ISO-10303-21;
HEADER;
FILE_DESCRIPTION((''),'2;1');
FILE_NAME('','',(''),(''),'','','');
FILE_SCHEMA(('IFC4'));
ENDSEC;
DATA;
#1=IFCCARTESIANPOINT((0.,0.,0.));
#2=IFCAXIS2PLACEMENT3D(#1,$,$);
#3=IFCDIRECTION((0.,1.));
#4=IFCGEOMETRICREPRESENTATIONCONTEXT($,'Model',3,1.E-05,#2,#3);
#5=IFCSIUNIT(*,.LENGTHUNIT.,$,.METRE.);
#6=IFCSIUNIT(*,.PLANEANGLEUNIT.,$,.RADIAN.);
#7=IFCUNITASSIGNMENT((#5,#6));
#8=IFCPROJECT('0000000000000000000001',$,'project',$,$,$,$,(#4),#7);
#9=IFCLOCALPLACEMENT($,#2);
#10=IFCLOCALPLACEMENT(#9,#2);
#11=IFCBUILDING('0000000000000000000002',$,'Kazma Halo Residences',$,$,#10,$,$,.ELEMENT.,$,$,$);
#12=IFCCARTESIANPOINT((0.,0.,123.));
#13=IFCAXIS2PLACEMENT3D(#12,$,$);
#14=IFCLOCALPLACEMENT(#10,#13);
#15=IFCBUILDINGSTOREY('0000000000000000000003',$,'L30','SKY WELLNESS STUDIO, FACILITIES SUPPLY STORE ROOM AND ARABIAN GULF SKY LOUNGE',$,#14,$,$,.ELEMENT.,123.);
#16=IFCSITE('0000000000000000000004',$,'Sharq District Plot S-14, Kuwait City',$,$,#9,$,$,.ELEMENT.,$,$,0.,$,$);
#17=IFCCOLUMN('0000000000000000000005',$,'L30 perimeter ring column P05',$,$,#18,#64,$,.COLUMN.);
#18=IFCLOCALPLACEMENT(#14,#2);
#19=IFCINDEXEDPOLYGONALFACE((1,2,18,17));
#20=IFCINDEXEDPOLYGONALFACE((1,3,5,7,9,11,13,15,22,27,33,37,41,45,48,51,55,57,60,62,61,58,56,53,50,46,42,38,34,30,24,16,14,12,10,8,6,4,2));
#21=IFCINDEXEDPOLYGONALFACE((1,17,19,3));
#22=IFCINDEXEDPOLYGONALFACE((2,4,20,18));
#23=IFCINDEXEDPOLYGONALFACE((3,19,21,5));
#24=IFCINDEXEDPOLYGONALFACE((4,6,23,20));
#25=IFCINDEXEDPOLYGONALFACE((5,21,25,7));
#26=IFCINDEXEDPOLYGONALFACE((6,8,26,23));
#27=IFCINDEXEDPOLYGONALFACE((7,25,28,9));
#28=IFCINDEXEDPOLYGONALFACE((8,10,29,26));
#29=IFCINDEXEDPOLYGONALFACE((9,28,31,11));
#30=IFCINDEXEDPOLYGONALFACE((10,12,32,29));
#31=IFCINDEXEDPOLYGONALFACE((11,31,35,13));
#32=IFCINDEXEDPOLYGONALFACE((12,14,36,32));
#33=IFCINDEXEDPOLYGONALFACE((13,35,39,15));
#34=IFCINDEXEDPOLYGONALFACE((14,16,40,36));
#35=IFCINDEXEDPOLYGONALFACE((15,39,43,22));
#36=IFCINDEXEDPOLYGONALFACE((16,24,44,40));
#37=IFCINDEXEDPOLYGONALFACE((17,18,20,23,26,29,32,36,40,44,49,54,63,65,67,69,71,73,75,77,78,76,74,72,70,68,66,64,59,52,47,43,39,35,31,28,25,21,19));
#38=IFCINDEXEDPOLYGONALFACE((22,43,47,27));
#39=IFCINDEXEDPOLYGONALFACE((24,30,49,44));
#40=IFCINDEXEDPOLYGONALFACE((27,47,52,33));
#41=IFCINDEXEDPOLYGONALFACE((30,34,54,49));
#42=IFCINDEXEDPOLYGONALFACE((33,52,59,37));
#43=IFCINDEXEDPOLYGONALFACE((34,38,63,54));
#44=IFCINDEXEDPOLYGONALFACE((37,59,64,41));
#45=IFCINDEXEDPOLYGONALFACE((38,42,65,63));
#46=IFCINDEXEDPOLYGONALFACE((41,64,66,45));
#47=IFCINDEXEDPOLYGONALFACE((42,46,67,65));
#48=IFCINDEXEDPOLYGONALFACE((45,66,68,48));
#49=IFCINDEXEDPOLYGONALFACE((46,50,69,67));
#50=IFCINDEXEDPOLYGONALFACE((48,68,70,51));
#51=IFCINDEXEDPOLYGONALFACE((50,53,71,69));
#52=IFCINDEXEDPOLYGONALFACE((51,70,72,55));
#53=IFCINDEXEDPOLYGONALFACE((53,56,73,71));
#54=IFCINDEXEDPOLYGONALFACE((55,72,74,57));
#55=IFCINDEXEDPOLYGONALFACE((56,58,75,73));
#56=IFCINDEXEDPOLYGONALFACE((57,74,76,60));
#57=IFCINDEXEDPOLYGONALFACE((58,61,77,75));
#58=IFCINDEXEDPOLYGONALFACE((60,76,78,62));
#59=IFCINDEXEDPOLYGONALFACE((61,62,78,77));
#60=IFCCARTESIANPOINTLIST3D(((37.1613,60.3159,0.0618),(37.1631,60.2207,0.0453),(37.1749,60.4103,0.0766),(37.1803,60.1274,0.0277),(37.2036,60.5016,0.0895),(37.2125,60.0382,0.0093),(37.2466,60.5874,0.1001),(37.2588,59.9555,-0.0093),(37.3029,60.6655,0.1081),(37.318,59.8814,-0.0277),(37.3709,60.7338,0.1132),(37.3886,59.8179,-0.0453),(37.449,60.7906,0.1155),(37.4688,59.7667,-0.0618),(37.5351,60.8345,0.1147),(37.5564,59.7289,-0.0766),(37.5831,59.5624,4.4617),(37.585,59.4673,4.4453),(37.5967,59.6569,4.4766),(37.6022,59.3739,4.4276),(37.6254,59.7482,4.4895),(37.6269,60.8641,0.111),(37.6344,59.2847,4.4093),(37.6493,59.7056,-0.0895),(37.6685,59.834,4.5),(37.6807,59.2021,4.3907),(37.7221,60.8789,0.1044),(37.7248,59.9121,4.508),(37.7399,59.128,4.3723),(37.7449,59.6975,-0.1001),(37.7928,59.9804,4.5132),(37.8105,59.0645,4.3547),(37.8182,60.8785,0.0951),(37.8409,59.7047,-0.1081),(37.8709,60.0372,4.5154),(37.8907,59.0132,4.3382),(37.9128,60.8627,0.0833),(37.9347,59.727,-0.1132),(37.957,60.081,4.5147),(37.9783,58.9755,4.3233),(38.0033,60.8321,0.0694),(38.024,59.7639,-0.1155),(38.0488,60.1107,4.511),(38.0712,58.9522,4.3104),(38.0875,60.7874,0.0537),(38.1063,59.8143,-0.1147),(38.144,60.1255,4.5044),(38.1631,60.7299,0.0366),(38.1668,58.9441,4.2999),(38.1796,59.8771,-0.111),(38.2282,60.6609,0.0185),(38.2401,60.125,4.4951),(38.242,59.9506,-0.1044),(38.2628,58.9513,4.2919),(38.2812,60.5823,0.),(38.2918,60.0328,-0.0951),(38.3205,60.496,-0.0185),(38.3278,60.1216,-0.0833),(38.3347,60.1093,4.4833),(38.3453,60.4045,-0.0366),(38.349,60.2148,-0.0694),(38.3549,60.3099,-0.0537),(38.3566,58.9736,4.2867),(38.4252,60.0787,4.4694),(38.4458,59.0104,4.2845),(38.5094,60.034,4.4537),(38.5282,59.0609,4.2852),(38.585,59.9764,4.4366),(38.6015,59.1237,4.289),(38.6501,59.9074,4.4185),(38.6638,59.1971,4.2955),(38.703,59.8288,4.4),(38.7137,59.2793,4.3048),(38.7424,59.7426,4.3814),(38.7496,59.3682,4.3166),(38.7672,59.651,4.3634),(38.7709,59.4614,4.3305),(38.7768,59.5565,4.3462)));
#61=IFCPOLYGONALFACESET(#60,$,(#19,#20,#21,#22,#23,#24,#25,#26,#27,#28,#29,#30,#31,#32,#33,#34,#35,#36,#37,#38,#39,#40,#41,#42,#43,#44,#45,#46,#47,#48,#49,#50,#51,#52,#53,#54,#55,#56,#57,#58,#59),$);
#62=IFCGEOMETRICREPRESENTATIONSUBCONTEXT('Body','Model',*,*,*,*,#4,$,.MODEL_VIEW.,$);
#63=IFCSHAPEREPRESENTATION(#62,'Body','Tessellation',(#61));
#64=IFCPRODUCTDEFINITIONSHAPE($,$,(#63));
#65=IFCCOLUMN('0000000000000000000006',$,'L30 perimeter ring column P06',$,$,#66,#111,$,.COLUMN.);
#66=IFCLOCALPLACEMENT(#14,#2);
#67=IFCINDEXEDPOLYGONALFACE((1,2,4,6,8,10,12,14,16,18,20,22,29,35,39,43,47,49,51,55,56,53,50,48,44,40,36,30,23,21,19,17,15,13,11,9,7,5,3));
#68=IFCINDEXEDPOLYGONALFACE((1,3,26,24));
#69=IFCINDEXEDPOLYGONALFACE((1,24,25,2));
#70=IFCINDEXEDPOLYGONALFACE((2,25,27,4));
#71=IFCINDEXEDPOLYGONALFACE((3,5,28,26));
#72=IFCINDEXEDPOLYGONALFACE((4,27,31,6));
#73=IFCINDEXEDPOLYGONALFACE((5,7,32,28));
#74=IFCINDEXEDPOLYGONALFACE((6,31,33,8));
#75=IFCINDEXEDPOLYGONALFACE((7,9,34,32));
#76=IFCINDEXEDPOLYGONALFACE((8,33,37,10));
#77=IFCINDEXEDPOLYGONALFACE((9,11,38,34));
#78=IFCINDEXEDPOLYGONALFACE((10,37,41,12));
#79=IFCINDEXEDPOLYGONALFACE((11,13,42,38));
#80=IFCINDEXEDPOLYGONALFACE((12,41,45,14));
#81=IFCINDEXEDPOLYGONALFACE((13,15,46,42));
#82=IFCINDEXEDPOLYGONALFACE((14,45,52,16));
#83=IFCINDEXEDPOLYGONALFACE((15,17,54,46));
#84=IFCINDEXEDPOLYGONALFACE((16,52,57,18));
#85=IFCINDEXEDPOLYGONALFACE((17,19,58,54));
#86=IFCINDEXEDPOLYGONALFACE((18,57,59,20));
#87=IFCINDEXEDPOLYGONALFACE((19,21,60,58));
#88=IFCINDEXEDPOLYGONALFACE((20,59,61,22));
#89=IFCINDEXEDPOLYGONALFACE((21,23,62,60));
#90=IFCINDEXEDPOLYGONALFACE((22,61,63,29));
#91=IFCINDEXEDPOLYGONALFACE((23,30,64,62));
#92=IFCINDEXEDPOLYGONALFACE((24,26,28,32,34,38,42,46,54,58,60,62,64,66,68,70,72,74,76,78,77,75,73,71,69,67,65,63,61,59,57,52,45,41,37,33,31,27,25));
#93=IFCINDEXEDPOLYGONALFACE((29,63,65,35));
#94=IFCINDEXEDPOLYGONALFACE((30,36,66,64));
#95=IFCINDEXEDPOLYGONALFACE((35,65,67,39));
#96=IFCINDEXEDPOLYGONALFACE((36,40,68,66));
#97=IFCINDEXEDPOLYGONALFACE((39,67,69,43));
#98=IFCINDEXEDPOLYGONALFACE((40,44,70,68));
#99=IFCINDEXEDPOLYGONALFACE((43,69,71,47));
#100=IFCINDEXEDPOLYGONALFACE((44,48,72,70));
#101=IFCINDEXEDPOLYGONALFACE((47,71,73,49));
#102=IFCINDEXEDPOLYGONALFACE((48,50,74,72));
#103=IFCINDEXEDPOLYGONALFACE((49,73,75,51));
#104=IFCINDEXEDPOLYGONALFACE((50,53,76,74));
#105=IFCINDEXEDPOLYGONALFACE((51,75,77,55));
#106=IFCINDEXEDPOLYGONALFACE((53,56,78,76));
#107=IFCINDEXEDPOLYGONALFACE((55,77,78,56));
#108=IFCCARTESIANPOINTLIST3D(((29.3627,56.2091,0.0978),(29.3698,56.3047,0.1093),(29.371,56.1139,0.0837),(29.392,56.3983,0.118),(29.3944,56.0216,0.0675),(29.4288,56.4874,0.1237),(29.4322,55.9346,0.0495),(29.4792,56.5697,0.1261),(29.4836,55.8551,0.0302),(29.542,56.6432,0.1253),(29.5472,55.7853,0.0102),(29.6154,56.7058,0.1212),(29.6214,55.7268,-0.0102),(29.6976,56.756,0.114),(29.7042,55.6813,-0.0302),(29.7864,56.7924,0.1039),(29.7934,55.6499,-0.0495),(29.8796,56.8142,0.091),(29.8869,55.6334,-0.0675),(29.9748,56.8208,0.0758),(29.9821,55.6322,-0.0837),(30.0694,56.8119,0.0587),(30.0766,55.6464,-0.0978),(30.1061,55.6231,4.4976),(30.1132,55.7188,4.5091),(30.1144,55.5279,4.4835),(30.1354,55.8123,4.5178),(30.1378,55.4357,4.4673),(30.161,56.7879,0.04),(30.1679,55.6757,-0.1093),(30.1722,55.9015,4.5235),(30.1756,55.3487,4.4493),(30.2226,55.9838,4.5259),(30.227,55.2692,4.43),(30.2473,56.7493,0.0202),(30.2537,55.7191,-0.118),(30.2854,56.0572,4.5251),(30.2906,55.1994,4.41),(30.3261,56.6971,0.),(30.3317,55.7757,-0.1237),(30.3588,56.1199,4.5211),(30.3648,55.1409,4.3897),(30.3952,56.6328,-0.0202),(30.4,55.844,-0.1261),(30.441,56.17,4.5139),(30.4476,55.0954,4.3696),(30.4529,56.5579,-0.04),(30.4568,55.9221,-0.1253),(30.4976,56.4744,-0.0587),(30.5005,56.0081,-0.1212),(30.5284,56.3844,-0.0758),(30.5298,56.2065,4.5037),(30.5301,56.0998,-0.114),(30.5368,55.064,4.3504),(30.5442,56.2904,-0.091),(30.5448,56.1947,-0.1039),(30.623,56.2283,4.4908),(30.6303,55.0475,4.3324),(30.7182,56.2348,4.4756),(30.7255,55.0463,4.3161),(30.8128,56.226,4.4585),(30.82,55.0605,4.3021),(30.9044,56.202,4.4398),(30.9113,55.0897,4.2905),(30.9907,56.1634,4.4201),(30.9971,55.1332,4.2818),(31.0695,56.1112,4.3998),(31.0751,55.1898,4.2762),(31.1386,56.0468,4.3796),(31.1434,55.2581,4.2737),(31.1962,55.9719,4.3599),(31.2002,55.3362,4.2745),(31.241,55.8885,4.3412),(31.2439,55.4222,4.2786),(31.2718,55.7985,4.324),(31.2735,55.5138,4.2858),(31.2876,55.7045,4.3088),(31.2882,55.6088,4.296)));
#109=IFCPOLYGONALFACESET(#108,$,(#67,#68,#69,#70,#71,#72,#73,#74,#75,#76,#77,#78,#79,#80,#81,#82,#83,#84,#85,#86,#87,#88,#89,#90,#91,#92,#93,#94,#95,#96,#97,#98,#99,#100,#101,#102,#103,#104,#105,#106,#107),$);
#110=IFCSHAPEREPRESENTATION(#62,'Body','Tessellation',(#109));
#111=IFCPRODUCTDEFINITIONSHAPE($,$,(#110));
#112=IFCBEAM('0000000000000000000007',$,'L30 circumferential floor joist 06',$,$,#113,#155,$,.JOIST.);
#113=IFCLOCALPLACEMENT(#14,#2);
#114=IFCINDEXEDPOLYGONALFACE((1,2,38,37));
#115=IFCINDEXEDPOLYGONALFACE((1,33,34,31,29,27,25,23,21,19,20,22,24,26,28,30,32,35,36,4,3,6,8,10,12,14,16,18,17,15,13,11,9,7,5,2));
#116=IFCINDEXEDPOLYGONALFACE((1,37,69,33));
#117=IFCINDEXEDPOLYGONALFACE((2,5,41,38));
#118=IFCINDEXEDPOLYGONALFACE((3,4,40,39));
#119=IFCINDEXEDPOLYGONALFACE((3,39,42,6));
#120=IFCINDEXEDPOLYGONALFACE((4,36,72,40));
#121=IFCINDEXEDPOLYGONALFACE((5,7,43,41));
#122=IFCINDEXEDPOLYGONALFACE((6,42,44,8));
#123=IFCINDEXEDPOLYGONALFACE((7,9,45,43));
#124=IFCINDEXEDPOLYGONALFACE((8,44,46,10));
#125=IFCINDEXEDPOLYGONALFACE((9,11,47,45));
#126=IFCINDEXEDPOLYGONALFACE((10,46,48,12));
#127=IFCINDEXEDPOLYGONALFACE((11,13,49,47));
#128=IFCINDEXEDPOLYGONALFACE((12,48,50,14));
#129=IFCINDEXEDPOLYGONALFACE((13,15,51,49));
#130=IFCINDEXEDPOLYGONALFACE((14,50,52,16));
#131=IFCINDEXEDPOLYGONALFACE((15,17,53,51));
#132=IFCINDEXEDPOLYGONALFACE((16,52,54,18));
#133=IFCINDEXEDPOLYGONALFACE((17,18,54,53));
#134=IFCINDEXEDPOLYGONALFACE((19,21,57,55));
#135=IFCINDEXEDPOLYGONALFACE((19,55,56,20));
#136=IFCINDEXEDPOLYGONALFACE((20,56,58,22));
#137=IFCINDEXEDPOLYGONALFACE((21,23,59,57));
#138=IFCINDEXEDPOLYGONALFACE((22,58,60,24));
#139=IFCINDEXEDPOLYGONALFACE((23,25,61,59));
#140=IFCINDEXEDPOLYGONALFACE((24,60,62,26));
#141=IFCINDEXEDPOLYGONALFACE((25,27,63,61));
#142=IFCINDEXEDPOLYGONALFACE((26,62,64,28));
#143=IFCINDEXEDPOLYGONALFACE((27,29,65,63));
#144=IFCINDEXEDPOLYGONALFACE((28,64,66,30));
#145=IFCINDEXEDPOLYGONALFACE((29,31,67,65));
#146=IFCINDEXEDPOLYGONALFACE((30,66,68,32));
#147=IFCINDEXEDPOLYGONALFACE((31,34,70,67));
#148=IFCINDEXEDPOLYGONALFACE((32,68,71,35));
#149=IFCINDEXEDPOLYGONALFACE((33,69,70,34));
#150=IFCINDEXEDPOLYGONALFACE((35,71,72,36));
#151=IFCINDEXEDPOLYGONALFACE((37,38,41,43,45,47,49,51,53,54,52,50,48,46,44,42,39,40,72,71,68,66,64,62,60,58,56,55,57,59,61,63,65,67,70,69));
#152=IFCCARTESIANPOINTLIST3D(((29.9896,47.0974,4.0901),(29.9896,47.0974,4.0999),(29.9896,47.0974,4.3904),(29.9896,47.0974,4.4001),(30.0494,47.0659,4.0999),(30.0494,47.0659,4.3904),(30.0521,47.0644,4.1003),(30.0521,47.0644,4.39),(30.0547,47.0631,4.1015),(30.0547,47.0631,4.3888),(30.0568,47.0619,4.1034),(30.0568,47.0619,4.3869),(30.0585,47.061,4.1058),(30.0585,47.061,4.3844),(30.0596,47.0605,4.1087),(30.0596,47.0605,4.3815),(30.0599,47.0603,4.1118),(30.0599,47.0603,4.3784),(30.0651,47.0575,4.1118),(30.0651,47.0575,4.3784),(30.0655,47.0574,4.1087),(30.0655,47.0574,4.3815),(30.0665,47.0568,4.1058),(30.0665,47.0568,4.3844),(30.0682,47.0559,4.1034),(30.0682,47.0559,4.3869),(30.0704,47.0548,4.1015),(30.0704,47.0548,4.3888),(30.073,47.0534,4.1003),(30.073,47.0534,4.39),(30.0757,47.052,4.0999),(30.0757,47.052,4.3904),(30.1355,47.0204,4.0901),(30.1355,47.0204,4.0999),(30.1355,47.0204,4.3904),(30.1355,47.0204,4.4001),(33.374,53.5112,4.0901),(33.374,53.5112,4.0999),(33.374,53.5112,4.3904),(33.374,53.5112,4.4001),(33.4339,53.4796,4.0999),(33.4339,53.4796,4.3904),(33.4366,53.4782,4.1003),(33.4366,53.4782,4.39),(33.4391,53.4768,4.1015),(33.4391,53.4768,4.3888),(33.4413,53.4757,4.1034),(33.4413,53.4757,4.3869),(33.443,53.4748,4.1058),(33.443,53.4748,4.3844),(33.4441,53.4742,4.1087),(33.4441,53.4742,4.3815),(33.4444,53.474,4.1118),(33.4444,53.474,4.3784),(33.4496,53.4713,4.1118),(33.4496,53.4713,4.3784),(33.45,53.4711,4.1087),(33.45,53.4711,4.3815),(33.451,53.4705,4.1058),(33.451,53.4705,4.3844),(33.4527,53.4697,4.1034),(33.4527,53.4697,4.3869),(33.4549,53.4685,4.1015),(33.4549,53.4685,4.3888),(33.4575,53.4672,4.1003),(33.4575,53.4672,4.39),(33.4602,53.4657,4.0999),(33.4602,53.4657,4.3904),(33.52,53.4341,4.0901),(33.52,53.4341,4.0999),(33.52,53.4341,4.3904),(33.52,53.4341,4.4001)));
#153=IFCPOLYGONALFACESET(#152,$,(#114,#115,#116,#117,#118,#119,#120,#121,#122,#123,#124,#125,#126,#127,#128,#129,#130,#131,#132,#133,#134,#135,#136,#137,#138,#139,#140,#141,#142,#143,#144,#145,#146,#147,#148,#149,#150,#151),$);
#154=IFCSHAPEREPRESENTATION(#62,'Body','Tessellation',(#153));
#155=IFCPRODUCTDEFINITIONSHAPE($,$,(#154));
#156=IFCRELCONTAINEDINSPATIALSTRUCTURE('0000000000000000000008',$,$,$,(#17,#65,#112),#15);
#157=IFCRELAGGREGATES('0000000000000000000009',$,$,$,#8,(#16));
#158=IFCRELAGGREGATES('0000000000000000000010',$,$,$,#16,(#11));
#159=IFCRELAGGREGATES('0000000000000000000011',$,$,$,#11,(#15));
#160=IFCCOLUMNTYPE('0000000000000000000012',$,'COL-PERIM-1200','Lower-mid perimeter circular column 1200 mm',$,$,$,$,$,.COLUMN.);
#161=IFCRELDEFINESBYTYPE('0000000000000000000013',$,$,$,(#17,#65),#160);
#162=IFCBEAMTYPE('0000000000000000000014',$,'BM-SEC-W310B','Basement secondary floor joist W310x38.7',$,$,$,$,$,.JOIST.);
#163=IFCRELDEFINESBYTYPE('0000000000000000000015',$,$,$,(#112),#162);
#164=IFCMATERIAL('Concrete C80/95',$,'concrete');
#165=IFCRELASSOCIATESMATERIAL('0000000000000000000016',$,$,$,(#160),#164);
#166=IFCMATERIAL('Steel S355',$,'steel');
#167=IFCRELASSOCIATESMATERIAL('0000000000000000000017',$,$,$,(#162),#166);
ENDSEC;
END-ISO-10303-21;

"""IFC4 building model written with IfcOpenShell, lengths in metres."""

from ifc_helpers import new_model, si_unit, direction, frame, origin, origin_2d, place, context, subcontext, project, spatial, circle, i_section, extrude, material, material_profile, profile_set, type_object, element, save


model = new_model("IFC4")

# Units and contexts
model_context = context("Model", 3, precision=1e-05, world=origin(), true_north=direction((0.0, 1.0)))
body_context = subcontext(model_context, "Body", "Model", "MODEL_VIEW")
ifc_project = project(units=[si_unit("LENGTHUNIT", "METRE"), si_unit("PLANEANGLEUNIT", "RADIAN")], contexts=[model_context])

# Site, building, storey
site_placement = place(None, origin())
site = spatial("IfcSite", under=ifc_project, at=site_placement, Name="Sharq District Plot S-14, Kuwait City", CompositionType="ELEMENT", RefElevation=0.0)
building_placement = place(site_placement, origin())
building = spatial("IfcBuilding", under=site, at=building_placement, Name="Kazma Halo Residences", CompositionType="ELEMENT")
storey_placement = place(building_placement, frame((0.0, 0.0, 123.0)))
storey = spatial("IfcBuildingStorey", under=building, at=storey_placement, Name="L30", Description="SKY WELLNESS STUDIO, FACILITIES SUPPLY STORE ROOM AND ARABIAN GULF SKY LOUNGE", CompositionType="ELEMENT", Elevation=123.0)

# Columns
ifc_material_1 = material(Name="Concrete C80/95", Category="concrete")
ifc_material_profile_1 = material_profile(ifc_material_1, circle(Radius=0.6001, at=origin_2d()), Name="CIRC1200")
ifc_profile_set_1 = profile_set([ifc_material_profile_1], Name="Concrete C80/95")
column_type = type_object("IfcColumnType", Name="COL-PERIM-1200", Description="Lower-mid perimeter circular column 1200 mm", PredefinedType="COLUMN", material=ifc_profile_set_1)
column_1_placement = place(storey_placement, frame((37.7576, 60.2891, 0.0), z_axis=(0.094088, -0.16803, 0.981282), x_axis=(0.872525, 0.488569, 0.0)))
element("IfcColumn", 1, at=column_1_placement, inside=storey, type_object=column_type, Name="L30 perimeter ring column P05", PredefinedType="COLUMN", context=body_context, shape_type="SweptSolid", body=[
    extrude(circle(Radius=0.6001, at=origin_2d()), origin(), (0.0, 0.0, 1.0), 4.4839),
])
column_2_placement = place(storey_placement, frame((29.9546, 56.2258, 0.0), z_axis=(0.165181, -0.130192, 0.977633), x_axis=(0.619017, 0.785378, 0.0)))
element("IfcColumn", 2, at=column_2_placement, inside=storey, type_object=column_type, Name="L30 perimeter ring column P06", PredefinedType="COLUMN", context=body_context, shape_type="SweptSolid", body=[
    extrude(circle(Radius=0.6001, at=origin_2d()), origin(), (0.0, 0.0, 1.0), 4.5005),
])

# Beam
ifc_material_2 = material(Name="Steel S355", Category="steel")
ifc_material_profile_2 = material_profile(ifc_material_2, i_section(OverallWidth=0.165, OverallDepth=0.3101, WebThickness=0.0059, FlangeThickness=0.0098, FilletRadius=0.012, at=origin_2d()), Name="W310x38.7")
ifc_profile_set_2 = profile_set([ifc_material_profile_2], Name="Steel S355")
beam_type_1 = type_object("IfcBeamType", Name="BM-SEC-W310B", Description="Basement secondary floor joist W310x38.7", PredefinedType="JOIST", material=ifc_profile_set_2)
beam_1_placement = place(storey_placement, frame((33.447, 53.4727, 4.2451), z_axis=(-0.466699, -0.884416, 0.0), x_axis=(0.884416, -0.466699, 0.0)))
element("IfcBeam", 3, at=beam_1_placement, inside=storey, type_object=beam_type_1, Name="L30 circumferential floor joist 06", PredefinedType="JOIST", context=body_context, shape_type="SweptSolid", body=[
    extrude(i_section(OverallWidth=0.165, OverallDepth=0.3101, WebThickness=0.0059, FlangeThickness=0.0098, FilletRadius=0.012, at=origin_2d()), origin(), (0.0, 0.0, 1.0), 7.252),
])

save(model, "model.ifc")
